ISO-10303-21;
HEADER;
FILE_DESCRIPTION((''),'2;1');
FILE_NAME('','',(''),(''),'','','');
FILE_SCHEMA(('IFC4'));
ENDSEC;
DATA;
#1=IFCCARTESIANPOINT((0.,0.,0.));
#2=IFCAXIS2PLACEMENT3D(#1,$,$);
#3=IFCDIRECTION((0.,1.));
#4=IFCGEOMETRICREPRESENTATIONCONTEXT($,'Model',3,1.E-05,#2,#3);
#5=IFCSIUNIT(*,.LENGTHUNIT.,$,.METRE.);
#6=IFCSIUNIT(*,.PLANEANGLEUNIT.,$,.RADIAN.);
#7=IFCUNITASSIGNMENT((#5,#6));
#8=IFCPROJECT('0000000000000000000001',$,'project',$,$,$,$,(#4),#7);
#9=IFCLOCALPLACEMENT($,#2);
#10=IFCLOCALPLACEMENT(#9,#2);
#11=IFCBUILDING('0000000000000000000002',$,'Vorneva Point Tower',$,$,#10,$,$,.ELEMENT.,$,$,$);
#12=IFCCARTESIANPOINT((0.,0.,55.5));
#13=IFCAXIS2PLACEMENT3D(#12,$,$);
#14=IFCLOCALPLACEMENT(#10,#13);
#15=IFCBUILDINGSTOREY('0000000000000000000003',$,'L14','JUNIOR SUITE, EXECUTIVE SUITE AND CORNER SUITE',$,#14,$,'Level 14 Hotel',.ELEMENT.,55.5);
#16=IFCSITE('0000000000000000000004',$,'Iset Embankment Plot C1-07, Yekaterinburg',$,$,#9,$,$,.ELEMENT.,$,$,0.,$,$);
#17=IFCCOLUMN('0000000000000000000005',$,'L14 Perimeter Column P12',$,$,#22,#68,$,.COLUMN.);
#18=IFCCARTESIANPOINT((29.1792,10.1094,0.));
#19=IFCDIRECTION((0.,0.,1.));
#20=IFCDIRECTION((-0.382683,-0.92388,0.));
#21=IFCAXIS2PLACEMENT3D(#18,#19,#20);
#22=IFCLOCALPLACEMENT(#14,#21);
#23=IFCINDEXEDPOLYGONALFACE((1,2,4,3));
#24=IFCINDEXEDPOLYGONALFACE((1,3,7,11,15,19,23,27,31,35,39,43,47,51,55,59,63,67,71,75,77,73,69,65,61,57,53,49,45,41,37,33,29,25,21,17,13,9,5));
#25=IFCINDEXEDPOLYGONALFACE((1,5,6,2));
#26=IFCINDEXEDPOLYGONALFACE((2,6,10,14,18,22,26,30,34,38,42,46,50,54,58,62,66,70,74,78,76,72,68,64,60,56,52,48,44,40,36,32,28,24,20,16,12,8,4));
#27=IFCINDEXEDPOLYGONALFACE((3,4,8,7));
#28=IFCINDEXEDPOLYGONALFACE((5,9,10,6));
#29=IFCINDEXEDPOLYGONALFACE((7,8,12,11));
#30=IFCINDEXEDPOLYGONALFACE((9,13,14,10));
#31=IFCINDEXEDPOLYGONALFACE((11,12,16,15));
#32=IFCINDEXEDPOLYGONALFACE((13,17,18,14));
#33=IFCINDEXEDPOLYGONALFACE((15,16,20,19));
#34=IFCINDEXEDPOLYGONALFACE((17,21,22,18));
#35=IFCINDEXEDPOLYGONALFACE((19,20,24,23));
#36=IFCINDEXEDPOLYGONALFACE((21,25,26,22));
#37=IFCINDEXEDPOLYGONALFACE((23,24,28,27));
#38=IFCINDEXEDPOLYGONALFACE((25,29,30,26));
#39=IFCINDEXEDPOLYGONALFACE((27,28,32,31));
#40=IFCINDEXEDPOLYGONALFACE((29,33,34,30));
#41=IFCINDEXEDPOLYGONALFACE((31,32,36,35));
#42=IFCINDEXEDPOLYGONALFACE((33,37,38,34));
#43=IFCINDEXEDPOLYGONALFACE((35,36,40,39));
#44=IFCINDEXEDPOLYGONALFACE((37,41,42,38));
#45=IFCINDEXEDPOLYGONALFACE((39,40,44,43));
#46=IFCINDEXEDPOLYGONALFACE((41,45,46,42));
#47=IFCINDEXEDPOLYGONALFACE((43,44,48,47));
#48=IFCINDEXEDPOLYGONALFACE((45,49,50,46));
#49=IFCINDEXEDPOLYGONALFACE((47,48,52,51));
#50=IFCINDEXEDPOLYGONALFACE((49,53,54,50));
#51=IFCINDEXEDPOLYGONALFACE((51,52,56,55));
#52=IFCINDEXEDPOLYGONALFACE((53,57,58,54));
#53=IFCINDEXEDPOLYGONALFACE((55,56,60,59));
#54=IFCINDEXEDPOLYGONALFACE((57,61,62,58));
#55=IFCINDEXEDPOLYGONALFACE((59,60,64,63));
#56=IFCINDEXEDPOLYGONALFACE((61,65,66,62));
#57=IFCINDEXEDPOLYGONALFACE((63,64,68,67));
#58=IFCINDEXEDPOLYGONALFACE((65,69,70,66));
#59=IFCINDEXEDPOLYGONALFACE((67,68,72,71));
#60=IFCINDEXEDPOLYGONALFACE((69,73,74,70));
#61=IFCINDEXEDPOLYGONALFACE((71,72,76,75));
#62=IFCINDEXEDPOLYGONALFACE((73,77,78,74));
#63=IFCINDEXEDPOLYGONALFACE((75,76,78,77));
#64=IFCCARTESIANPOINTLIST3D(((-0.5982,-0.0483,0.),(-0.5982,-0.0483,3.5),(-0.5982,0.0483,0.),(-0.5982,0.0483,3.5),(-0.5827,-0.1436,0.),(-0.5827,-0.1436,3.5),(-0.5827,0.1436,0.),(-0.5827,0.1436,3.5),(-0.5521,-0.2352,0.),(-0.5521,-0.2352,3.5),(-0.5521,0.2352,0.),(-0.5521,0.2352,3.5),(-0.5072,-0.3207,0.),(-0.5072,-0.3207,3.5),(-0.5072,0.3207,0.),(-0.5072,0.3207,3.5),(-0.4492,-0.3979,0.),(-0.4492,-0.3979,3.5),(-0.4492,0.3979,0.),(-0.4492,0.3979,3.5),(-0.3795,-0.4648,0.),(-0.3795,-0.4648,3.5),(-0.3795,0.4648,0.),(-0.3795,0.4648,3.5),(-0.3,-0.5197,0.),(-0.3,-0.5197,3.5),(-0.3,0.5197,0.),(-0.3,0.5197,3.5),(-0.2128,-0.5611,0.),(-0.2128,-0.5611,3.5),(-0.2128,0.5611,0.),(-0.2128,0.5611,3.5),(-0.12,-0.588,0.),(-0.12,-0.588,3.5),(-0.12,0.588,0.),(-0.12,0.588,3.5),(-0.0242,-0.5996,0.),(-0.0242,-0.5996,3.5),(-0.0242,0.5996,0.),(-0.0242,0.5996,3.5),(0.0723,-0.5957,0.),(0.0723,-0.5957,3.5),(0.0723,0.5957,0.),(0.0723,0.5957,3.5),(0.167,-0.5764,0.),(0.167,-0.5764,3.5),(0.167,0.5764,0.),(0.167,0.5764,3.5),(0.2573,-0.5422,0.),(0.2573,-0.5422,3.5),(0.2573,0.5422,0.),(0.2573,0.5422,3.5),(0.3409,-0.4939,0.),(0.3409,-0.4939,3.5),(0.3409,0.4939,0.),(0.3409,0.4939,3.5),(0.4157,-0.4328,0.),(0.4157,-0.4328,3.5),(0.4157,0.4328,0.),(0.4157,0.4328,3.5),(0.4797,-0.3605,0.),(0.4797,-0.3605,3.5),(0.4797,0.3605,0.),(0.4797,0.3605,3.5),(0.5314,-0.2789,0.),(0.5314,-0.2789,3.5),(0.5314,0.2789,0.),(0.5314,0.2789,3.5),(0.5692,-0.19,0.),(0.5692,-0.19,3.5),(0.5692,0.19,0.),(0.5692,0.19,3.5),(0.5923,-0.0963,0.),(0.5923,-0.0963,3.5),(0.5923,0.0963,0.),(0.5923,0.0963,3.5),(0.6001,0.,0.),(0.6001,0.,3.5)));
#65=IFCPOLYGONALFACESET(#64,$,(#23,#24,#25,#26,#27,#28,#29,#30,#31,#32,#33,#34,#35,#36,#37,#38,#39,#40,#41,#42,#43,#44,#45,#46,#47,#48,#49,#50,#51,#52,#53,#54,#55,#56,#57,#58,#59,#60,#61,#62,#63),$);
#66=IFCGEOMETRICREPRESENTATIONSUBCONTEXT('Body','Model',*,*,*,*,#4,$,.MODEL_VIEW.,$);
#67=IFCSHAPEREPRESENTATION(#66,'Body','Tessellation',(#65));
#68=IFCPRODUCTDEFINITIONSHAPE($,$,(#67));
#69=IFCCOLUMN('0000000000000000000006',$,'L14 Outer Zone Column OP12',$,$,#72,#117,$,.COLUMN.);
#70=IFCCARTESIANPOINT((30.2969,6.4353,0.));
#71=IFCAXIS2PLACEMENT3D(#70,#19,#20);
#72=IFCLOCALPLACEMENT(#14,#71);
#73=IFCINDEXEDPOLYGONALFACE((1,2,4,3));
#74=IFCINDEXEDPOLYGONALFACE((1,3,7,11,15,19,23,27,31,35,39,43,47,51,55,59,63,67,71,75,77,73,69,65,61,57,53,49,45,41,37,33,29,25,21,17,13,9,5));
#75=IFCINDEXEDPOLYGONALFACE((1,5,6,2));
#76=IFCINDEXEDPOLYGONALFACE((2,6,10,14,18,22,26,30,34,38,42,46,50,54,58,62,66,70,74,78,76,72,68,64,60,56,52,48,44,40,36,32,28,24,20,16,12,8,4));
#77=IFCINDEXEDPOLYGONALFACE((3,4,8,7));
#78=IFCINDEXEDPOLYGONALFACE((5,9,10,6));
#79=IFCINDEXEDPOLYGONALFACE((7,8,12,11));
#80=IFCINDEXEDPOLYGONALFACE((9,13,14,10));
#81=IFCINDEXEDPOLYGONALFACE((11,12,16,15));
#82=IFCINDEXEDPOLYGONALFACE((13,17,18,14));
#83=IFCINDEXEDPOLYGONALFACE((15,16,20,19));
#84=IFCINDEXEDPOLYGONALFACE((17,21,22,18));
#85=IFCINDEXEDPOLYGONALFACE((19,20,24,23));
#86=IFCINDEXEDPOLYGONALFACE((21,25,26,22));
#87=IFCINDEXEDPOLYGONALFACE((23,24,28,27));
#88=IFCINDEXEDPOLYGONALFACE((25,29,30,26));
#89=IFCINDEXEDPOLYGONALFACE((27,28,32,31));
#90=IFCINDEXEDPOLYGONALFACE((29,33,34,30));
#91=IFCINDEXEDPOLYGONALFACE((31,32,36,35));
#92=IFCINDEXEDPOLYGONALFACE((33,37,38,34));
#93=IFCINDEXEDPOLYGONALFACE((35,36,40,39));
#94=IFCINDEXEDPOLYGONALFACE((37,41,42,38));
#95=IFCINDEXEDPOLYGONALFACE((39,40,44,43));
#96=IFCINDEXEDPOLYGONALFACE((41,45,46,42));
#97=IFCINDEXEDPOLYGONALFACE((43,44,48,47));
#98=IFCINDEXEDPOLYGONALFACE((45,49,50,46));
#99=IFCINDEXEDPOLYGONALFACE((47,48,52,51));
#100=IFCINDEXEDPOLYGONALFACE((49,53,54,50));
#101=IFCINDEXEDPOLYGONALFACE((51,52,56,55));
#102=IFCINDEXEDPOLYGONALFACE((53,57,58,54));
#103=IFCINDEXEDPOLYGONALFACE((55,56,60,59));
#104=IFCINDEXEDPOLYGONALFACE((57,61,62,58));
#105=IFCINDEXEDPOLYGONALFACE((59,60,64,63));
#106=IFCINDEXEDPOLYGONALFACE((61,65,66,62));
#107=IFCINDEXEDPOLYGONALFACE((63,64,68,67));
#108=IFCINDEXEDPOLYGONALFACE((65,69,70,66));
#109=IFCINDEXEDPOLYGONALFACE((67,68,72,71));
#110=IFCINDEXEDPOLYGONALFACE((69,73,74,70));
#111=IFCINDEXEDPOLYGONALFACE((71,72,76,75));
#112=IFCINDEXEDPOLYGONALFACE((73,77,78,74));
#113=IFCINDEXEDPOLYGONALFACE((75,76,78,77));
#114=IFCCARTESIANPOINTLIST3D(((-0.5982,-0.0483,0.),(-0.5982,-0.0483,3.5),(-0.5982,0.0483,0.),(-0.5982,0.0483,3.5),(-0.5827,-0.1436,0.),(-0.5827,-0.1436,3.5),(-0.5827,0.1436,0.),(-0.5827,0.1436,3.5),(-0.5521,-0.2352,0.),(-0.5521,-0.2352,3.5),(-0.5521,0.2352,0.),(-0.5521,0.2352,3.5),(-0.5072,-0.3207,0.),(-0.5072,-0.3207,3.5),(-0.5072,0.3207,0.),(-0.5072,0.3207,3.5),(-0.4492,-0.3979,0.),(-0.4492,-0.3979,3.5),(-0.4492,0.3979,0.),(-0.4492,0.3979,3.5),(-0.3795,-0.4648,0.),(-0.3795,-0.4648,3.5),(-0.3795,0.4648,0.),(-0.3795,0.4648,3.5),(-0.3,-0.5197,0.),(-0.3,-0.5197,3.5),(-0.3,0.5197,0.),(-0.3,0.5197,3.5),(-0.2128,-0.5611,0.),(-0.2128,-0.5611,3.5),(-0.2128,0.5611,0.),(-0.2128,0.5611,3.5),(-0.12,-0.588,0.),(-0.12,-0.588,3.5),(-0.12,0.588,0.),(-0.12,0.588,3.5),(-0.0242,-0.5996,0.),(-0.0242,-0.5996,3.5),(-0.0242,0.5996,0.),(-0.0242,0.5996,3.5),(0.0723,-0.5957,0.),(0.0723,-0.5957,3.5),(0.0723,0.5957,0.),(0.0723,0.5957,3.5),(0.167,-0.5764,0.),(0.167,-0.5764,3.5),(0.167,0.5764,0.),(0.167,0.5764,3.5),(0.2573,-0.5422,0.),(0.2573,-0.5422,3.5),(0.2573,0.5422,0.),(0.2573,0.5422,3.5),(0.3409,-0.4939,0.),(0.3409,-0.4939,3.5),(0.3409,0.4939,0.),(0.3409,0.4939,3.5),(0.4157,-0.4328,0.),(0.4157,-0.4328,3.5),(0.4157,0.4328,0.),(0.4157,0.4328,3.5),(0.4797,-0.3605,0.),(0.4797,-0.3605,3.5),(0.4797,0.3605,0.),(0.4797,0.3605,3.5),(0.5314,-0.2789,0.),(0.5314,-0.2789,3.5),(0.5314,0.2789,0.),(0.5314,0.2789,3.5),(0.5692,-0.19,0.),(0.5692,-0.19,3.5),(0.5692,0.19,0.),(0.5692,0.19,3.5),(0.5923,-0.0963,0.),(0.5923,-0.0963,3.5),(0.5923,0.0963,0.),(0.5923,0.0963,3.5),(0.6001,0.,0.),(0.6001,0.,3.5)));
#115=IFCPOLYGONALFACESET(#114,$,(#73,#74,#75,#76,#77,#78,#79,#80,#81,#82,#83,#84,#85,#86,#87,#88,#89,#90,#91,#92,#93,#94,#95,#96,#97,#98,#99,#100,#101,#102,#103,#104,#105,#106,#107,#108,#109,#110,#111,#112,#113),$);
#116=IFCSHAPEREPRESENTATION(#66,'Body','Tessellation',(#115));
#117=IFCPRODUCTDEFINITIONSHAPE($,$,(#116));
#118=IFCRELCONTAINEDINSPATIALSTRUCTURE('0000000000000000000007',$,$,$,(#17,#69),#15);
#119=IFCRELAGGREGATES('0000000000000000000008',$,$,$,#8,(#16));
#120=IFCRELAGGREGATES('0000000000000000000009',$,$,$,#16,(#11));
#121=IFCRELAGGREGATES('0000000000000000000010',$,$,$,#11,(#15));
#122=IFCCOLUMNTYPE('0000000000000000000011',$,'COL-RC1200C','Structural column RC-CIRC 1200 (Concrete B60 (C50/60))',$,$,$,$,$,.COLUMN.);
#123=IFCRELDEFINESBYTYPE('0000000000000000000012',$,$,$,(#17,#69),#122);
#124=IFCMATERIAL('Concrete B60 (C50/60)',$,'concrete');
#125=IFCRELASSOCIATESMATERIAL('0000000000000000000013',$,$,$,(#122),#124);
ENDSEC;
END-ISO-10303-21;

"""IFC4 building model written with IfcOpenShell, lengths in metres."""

from ifc_helpers import new_model, si_unit, direction, frame, origin, origin_2d, place, context, subcontext, project, spatial, circle, extrude, material, material_profile, profile_set, type_object, element, save


model = new_model("IFC4")

# Units and contexts
model_context = context("Model", 3, precision=1e-05, world=origin(), true_north=direction((0.0, 1.0)))
body_context = subcontext(model_context, "Body", "Model", "MODEL_VIEW")
ifc_project = project(units=[si_unit("LENGTHUNIT", "METRE"), si_unit("PLANEANGLEUNIT", "RADIAN")], contexts=[model_context])

# Site, building, storey
site_placement = place(None, origin())
site = spatial("IfcSite", under=ifc_project, at=site_placement, Name="Iset Embankment Plot C1-07, Yekaterinburg", CompositionType="ELEMENT", RefElevation=0.0)
building_placement = place(site_placement, origin())
building = spatial("IfcBuilding", under=site, at=building_placement, Name="Vorneva Point Tower", CompositionType="ELEMENT")
storey_placement = place(building_placement, frame((0.0, 0.0, 55.5)))
storey = spatial("IfcBuildingStorey", under=building, at=storey_placement, Name="L14", Description="JUNIOR SUITE, EXECUTIVE SUITE AND CORNER SUITE", LongName="Level 14 Hotel", CompositionType="ELEMENT", Elevation=55.5)

# Columns
ifc_material_1 = material(Name="Concrete B60 (C50/60)", Category="concrete")
ifc_material_profile_1 = material_profile(ifc_material_1, circle(Radius=0.6001, at=origin_2d()), Name="RC-CIRC 1200")
ifc_profile_set_1 = profile_set([ifc_material_profile_1], Name="Concrete B60 (C50/60)")
column_type_1 = type_object("IfcColumnType", Name="COL-RC1200C", Description="Structural column RC-CIRC 1200 (Concrete B60 (C50/60))", PredefinedType="COLUMN", material=ifc_profile_set_1)
for number, where, z_axis, x_axis, name in (
    (1, (29.1792, 10.1094, 0.0), (0.0, 0.0, 1.0), (-0.382683, -0.92388, 0.0), "L14 Perimeter Column P12"),
    (2, (30.2969, 6.4353, 0.0), (0.0, 0.0, 1.0), (-0.382683, -0.92388, 0.0), "L14 Outer Zone Column OP12"),
):
    element("IfcColumn", number, at=place(storey_placement, frame(where, z_axis=z_axis, x_axis=x_axis)), inside=storey, type_object=column_type_1, Name=name, PredefinedType="COLUMN", context=body_context, shape_type="SweptSolid", body=[
        extrude(circle(Radius=0.6001, at=origin_2d()), origin(), (0.0, 0.0, 1.0), 3.5),
    ])

save(model, "model.ifc")
